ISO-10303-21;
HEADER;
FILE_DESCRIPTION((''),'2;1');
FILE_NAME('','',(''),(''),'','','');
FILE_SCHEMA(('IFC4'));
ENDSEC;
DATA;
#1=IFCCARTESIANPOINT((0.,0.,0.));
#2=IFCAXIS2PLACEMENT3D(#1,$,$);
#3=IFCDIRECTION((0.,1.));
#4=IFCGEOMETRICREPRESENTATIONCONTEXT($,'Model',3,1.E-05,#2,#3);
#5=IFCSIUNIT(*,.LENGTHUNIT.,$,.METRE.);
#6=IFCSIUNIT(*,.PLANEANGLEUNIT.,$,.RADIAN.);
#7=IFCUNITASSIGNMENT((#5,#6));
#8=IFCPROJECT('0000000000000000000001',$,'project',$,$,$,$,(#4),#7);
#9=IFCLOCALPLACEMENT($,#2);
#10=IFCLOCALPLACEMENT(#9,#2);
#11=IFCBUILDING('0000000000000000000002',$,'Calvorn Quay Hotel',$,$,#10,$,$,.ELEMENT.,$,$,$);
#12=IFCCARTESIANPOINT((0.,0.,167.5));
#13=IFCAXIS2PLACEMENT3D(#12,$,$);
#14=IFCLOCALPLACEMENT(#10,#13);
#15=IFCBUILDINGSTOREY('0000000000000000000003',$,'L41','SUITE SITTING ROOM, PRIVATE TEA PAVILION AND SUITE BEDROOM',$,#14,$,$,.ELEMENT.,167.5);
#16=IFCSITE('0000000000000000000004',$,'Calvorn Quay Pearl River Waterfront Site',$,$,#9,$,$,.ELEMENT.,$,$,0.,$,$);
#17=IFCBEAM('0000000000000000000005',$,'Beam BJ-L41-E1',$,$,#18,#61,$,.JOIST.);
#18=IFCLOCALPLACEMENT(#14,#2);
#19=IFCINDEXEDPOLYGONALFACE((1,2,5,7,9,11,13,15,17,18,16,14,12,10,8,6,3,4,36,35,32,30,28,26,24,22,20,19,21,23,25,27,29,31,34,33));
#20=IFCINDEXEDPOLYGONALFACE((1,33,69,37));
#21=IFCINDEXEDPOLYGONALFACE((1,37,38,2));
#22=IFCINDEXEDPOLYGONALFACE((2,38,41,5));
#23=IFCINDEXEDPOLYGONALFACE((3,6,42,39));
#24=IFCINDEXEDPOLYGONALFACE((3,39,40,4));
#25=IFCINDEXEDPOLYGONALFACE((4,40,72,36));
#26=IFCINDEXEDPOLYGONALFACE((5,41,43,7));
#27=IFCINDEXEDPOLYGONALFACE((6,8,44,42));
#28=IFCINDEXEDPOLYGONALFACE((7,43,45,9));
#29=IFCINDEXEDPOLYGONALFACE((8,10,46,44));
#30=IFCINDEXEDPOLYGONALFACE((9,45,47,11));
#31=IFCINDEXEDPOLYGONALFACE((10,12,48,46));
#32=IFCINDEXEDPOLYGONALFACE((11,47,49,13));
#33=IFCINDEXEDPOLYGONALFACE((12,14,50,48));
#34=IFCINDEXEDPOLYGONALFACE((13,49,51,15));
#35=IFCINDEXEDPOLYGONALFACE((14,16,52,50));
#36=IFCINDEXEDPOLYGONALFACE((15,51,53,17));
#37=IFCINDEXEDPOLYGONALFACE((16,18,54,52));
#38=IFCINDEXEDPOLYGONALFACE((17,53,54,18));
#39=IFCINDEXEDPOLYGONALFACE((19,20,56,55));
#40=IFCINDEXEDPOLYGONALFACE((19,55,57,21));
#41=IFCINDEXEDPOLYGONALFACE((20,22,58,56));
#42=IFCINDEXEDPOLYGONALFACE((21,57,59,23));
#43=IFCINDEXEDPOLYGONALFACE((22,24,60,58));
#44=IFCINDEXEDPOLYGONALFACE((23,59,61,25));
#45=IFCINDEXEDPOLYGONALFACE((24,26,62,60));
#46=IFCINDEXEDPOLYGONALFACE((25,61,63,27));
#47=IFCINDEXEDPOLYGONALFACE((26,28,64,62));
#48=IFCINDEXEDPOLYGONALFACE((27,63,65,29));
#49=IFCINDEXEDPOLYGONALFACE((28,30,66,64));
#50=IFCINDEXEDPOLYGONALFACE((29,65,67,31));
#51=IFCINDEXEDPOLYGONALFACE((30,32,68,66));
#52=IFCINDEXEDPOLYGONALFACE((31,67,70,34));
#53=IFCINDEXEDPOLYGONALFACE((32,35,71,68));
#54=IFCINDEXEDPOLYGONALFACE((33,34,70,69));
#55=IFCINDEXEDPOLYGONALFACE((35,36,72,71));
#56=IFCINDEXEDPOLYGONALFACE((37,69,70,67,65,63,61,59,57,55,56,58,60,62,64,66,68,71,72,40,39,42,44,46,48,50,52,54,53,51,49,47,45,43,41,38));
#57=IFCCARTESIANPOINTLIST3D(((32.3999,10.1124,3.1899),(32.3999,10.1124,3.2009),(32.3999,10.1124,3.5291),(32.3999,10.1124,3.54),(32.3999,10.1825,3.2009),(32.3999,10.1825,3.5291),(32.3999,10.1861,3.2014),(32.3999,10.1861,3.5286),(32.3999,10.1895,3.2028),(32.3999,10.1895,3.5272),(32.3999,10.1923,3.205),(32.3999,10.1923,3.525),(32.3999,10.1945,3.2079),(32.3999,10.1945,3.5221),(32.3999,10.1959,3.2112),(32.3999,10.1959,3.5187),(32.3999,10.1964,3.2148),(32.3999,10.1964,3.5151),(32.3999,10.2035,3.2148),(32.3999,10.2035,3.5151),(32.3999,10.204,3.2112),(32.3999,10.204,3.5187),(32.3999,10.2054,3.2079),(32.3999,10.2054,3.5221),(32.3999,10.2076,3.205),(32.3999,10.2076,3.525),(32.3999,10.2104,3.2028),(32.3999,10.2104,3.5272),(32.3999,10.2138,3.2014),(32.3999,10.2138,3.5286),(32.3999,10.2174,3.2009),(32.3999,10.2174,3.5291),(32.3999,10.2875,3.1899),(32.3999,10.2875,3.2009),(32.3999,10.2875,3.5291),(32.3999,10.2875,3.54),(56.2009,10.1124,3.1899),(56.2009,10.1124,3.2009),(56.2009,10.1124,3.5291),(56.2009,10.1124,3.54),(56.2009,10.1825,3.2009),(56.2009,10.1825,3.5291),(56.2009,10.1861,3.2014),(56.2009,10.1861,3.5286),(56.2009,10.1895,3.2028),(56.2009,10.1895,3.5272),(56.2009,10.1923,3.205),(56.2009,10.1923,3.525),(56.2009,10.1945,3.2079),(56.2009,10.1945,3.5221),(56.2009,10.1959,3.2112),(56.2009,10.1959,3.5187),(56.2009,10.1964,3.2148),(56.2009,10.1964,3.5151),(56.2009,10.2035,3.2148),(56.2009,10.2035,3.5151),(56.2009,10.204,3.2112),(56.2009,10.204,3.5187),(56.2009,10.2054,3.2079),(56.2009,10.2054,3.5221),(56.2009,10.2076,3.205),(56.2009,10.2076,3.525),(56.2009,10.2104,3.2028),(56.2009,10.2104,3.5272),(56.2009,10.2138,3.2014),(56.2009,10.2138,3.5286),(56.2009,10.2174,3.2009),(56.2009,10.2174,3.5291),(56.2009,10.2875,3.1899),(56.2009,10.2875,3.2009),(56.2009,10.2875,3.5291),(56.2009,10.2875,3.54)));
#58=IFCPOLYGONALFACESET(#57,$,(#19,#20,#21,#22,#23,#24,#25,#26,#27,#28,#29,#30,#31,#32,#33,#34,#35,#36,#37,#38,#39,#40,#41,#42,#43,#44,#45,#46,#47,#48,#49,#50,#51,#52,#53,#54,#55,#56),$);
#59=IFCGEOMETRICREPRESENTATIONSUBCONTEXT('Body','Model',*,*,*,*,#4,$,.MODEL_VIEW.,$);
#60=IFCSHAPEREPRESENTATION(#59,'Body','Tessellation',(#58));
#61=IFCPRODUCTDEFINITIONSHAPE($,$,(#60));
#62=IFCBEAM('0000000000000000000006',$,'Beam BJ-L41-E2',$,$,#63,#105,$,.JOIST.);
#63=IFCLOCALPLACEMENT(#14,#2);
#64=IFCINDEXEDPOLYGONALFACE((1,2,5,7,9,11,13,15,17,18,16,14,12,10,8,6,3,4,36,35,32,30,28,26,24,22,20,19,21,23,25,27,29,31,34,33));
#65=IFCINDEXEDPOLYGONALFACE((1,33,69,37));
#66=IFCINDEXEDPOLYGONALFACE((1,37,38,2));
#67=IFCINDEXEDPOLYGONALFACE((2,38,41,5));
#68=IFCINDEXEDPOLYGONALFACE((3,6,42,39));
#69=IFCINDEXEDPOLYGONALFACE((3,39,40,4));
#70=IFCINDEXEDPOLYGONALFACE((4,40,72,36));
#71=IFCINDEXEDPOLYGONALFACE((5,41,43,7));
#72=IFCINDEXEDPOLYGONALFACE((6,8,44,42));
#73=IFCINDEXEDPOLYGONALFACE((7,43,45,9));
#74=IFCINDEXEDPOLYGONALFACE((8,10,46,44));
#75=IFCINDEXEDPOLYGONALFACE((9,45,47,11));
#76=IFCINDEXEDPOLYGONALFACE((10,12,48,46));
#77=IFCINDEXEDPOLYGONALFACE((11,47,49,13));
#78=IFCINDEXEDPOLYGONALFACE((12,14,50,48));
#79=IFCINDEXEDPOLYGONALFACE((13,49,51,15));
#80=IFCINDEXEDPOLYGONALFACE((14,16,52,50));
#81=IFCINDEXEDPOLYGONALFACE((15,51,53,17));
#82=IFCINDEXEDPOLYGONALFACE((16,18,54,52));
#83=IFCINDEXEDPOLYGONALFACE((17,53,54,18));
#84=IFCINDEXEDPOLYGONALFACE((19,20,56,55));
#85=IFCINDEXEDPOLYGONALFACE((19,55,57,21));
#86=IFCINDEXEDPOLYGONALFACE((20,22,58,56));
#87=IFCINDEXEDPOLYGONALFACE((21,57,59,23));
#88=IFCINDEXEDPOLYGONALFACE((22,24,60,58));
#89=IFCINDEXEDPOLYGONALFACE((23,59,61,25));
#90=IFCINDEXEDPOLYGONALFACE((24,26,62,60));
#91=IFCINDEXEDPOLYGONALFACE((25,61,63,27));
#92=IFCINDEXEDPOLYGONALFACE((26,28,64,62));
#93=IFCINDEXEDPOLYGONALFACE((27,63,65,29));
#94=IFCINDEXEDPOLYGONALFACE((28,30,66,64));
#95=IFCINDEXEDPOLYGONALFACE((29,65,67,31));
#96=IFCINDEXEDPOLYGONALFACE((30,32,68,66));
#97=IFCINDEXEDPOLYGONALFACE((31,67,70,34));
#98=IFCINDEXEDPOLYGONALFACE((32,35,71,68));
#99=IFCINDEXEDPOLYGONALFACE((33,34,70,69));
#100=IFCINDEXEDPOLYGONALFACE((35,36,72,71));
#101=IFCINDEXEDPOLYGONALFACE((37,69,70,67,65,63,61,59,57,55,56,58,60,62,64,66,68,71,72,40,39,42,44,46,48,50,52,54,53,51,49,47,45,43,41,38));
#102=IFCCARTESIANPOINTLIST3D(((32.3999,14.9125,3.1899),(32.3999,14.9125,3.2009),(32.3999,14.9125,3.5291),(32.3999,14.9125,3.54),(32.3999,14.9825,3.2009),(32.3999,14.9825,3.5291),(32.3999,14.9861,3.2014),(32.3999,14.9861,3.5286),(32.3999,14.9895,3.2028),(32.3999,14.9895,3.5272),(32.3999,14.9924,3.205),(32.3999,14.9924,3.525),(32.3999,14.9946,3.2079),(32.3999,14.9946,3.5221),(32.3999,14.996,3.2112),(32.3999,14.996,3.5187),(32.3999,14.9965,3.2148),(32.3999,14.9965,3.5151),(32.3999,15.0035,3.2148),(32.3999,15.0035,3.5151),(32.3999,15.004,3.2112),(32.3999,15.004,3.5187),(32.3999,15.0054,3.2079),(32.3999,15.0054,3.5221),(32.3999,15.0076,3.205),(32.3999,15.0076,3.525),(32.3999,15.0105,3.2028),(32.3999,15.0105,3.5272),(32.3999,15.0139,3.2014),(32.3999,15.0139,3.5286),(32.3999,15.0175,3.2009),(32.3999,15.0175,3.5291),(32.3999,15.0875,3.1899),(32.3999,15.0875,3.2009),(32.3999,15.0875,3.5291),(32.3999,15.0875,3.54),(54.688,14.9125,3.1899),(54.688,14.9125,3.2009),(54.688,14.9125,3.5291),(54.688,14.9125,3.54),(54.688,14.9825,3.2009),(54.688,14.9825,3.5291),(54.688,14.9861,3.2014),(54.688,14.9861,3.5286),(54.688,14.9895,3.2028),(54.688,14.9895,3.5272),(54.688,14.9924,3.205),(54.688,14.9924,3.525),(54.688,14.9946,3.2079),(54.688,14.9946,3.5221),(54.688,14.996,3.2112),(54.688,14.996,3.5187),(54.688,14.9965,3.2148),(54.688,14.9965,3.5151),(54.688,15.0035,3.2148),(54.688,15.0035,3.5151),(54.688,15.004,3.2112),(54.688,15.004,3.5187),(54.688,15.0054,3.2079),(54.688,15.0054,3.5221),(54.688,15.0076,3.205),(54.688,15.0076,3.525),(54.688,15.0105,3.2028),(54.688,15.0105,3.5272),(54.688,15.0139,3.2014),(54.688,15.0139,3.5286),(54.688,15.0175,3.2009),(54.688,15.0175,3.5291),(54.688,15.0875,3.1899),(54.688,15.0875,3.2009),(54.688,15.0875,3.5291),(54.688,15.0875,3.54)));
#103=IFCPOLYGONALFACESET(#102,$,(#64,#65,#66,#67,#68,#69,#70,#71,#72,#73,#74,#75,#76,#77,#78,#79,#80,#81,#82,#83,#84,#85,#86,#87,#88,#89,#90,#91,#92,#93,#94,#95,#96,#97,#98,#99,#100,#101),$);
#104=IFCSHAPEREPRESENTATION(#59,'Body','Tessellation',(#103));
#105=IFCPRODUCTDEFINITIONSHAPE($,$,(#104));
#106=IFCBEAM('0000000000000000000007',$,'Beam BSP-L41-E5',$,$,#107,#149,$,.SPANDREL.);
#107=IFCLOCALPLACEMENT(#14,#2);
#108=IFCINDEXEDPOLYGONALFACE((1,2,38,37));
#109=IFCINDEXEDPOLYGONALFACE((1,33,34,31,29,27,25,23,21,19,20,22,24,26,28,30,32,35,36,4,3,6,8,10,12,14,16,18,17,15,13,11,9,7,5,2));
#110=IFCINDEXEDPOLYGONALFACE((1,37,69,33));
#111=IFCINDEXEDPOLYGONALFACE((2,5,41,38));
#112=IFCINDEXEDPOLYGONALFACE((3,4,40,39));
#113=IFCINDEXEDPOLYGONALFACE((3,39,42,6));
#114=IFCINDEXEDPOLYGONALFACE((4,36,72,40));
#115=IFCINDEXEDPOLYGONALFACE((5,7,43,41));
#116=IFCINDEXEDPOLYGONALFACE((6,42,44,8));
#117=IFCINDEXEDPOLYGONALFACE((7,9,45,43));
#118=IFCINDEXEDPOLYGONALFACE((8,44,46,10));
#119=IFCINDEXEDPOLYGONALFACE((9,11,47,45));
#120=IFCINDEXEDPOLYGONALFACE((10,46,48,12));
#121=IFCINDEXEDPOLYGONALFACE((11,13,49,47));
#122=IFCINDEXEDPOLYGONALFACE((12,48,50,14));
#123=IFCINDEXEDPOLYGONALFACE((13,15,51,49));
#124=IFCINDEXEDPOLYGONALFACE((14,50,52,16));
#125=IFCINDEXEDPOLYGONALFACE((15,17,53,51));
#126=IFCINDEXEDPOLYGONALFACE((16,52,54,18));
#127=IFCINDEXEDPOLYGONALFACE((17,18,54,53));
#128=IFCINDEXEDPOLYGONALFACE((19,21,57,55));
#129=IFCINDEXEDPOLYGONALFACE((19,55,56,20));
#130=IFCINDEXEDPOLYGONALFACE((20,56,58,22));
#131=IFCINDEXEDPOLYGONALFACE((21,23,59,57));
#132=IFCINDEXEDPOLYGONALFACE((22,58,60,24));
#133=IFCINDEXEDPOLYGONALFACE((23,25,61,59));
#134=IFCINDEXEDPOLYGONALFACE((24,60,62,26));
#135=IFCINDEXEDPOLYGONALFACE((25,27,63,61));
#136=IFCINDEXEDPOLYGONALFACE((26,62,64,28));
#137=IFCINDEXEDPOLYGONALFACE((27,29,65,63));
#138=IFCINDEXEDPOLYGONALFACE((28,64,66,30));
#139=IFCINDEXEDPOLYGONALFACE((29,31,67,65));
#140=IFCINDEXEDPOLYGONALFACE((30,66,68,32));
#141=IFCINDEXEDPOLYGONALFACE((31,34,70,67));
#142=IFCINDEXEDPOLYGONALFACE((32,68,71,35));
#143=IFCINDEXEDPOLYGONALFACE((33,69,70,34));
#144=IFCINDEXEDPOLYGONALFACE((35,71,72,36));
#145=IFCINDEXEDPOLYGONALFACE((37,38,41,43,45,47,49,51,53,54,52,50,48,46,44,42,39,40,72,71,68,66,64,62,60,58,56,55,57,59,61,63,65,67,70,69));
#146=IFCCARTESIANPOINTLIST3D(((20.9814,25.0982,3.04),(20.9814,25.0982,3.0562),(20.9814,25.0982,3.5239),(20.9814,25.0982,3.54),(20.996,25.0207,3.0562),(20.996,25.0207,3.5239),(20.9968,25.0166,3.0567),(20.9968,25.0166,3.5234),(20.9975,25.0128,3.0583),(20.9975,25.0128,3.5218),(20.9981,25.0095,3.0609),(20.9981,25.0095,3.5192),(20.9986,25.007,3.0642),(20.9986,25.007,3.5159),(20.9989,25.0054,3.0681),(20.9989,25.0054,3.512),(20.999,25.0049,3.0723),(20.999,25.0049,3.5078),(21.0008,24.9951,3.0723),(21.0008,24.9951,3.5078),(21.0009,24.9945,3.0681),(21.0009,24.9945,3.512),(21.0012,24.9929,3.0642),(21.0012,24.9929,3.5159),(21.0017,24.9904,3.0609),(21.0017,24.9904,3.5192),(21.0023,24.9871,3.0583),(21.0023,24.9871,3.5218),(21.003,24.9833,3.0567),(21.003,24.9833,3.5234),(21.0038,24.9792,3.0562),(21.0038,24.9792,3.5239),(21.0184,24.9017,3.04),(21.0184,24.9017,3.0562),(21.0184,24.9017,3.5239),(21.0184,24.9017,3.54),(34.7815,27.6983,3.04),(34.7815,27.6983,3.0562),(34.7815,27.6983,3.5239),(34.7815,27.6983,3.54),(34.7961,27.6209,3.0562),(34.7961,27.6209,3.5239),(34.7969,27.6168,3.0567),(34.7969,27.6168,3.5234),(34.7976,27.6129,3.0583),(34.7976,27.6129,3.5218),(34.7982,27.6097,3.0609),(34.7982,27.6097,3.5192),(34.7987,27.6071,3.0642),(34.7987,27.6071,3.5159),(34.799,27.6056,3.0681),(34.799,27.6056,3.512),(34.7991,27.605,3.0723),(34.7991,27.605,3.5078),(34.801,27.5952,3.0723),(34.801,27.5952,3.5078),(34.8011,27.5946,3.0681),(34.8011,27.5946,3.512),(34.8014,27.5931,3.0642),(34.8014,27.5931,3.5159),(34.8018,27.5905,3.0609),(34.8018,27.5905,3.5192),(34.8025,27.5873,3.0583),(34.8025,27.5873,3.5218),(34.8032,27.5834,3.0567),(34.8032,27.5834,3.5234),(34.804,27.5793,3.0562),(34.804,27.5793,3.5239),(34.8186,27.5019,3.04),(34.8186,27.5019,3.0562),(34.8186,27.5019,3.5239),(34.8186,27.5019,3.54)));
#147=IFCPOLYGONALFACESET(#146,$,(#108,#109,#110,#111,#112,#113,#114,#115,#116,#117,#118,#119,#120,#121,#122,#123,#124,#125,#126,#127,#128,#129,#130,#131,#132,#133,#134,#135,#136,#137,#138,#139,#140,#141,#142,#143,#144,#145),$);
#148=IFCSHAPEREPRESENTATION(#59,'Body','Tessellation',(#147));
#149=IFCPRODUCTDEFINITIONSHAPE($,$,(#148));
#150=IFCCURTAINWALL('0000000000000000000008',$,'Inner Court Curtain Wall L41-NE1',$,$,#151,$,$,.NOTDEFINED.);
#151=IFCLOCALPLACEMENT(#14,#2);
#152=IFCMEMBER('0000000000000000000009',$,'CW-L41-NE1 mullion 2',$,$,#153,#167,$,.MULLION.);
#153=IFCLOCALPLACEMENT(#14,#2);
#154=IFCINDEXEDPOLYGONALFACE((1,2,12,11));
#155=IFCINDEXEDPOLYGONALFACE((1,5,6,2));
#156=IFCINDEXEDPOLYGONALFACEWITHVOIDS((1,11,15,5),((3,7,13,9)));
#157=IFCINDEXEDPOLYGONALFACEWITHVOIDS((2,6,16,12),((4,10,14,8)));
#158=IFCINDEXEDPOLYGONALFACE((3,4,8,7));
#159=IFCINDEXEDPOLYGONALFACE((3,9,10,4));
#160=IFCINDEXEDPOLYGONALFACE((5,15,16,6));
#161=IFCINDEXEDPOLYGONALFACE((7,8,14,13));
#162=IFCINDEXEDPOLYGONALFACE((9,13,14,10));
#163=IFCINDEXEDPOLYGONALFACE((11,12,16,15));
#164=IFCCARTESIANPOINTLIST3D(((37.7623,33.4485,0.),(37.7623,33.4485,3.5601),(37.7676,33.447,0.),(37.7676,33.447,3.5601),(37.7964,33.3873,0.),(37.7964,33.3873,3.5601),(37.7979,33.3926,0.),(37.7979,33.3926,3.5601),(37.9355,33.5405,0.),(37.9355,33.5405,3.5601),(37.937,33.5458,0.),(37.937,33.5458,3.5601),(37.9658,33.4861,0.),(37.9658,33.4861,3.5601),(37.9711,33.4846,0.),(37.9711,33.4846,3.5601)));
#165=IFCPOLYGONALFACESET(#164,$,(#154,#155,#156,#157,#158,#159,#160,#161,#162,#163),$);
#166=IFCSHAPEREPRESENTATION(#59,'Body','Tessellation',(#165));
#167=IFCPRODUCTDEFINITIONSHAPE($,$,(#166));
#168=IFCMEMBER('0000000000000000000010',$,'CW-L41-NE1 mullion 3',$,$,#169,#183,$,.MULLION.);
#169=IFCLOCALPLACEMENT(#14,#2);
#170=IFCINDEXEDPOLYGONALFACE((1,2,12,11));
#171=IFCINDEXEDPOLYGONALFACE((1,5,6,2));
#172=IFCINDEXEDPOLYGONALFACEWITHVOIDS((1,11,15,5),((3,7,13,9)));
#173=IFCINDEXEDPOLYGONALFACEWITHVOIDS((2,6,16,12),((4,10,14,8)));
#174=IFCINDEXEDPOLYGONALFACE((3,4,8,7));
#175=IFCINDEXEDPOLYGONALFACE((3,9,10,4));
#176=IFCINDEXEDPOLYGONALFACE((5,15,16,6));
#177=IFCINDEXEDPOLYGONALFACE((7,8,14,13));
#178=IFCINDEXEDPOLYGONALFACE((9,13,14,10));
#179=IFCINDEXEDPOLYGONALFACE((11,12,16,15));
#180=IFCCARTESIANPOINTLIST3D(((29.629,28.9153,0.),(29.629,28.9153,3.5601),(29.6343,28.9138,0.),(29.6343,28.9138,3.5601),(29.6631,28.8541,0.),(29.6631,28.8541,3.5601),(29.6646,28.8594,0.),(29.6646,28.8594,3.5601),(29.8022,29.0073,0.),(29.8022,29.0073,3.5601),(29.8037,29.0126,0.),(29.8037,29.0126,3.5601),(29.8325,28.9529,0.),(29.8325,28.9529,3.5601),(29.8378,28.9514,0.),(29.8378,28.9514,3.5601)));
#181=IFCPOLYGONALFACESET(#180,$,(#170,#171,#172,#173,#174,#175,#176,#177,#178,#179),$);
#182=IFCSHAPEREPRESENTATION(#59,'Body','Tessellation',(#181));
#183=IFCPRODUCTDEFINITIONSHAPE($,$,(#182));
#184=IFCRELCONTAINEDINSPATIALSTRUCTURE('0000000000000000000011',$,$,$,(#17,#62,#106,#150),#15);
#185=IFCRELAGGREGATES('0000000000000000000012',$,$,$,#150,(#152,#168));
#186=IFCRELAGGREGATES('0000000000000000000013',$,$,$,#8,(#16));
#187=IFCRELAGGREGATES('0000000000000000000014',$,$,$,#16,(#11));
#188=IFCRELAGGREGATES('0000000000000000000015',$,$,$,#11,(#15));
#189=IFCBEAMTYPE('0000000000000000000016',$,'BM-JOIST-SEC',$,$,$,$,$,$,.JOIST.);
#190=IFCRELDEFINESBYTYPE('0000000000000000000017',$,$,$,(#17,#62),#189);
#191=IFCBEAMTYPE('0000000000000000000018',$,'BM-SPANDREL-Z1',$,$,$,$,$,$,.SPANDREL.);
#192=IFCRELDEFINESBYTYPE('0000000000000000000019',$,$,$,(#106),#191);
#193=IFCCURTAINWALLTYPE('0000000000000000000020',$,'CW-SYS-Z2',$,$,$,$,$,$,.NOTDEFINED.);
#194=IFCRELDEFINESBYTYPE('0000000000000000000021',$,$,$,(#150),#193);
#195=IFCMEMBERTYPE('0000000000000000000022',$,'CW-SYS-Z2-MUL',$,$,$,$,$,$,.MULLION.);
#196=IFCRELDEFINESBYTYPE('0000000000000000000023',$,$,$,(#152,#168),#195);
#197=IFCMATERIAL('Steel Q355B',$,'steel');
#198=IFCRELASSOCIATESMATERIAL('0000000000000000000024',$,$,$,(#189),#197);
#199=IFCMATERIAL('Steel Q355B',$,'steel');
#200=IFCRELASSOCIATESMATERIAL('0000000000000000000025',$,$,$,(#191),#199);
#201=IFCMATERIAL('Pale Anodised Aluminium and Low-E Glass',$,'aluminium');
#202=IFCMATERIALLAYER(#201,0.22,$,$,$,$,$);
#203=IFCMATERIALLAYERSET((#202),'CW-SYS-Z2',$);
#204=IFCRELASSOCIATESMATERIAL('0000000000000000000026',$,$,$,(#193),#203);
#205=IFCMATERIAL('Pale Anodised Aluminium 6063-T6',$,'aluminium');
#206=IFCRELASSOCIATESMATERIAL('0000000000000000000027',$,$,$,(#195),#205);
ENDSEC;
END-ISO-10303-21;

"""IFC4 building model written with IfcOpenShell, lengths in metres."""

from ifc_helpers import new_model, si_unit, direction, frame, origin, origin_2d, place, context, subcontext, project, spatial, hollow_rectangle, i_section, extrude, material, layer, layer_set, material_profile, profile_set, type_object, element, aggregate, save


model = new_model("IFC4")

# Units and contexts
model_context = context("Model", 3, precision=1e-05, world=origin(), true_north=direction((0.0, 1.0)))
body_context = subcontext(model_context, "Body", "Model", "MODEL_VIEW")
ifc_project = project(units=[si_unit("LENGTHUNIT", "METRE"), si_unit("PLANEANGLEUNIT", "RADIAN")], contexts=[model_context])

# Site, building, storey
site_placement = place(None, origin())
site = spatial("IfcSite", under=ifc_project, at=site_placement, Name="Calvorn Quay Pearl River Waterfront Site", CompositionType="ELEMENT", RefElevation=0.0)
building_placement = place(site_placement, origin())
building = spatial("IfcBuilding", under=site, at=building_placement, Name="Calvorn Quay Hotel", CompositionType="ELEMENT")
storey_placement = place(building_placement, frame((0.0, 0.0, 167.5)))
storey = spatial("IfcBuildingStorey", under=building, at=storey_placement, Name="L41", Description="SUITE SITTING ROOM, PRIVATE TEA PAVILION AND SUITE BEDROOM", CompositionType="ELEMENT", Elevation=167.5)

# Beams
ifc_material_1 = material(Name="Steel Q355B", Category="steel")
ifc_material_profile_1 = material_profile(ifc_material_1, i_section(OverallWidth=0.175, OverallDepth=0.3501, WebThickness=0.0071, FlangeThickness=0.011, FilletRadius=0.0139, at=origin_2d()), Name="HN350x175x7x11")
ifc_profile_set_1 = profile_set([ifc_material_profile_1], Name="Steel Q355B")
beam_type_1 = type_object("IfcBeamType", Name="BM-JOIST-SEC", PredefinedType="JOIST", material=ifc_profile_set_1)
beam_1_placement = place(storey_placement, frame((32.3999, 10.2, 3.365), z_axis=(1.0, 0.0, 0.0), x_axis=(0.0, 1.0, 0.0)))
element("IfcBeam", 1, at=beam_1_placement, inside=storey, type_object=beam_type_1, Name="Beam BJ-L41-E1", PredefinedType="JOIST", context=body_context, shape_type="SweptSolid", body=[
    extrude(i_section(OverallWidth=0.175, OverallDepth=0.3501, WebThickness=0.0071, FlangeThickness=0.011, FilletRadius=0.0139, at=origin_2d()), origin(), (0.0, 0.0, 1.0), 23.801),
])
beam_2_placement = place(storey_placement, frame((32.3999, 15.0, 3.365), z_axis=(1.0, 0.0, 0.0), x_axis=(0.0, 1.0, 0.0)))
element("IfcBeam", 2, at=beam_2_placement, inside=storey, type_object=beam_type_1, Name="Beam BJ-L41-E2", PredefinedType="JOIST", context=body_context, shape_type="SweptSolid", body=[
    extrude(i_section(OverallWidth=0.175, OverallDepth=0.3501, WebThickness=0.0071, FlangeThickness=0.011, FilletRadius=0.0139, at=origin_2d()), origin(), (0.0, 0.0, 1.0), 22.2881),
])
ifc_material_2 = material(Name="Steel Q355B", Category="steel")
ifc_material_profile_2 = material_profile(ifc_material_2, i_section(OverallWidth=0.2, OverallDepth=0.5, WebThickness=0.01, FlangeThickness=0.0161, FilletRadius=0.0161, at=origin_2d()), Name="HN500x200x10x16")
ifc_profile_set_2 = profile_set([ifc_material_profile_2], Name="Steel Q355B")
beam_type_2 = type_object("IfcBeamType", Name="BM-SPANDREL-Z1", PredefinedType="SPANDREL", material=ifc_profile_set_2)
beam_3_placement = place(storey_placement, frame((34.8, 27.6001, 3.29), z_axis=(-0.982709, -0.185154, 0.0), x_axis=(0.185154, -0.982709, 0.0)))
element("IfcBeam", 3, at=beam_3_placement, inside=storey, type_object=beam_type_2, Name="Beam BSP-L41-E5", PredefinedType="SPANDREL", context=body_context, shape_type="SweptSolid", body=[
    extrude(i_section(OverallWidth=0.2, OverallDepth=0.5, WebThickness=0.01, FlangeThickness=0.0161, FilletRadius=0.0161, at=origin_2d()), origin(), (0.0, 0.0, 1.0), 14.043),
])

# Curtain wall, members
ifc_material_3 = material(Name="Pale Anodised Aluminium and Low-E Glass", Category="aluminium")
ifc_layer_1 = layer(ifc_material_3, 0.22)
ifc_layer_set_1 = layer_set([ifc_layer_1], Name="CW-SYS-Z2")
curtain_wall_type = type_object("IfcCurtainWallType", Name="CW-SYS-Z2", PredefinedType="NOTDEFINED", material=ifc_layer_set_1)
curtain_wall_placement = place(storey_placement, origin())
curtain_wall = element("IfcCurtainWall", 4, at=curtain_wall_placement, inside=storey, type_object=curtain_wall_type, Name="Inner Court Curtain Wall L41-NE1", PredefinedType="NOTDEFINED")
ifc_material_4 = material(Name="Pale Anodised Aluminium 6063-T6", Category="aluminium")
ifc_material_profile_3 = material_profile(ifc_material_4, hollow_rectangle(XDim=0.0701, YDim=0.2, WallThickness=0.0039, at=origin_2d()), Name="ALU-M200x70x4")
ifc_profile_set_3 = profile_set([ifc_material_profile_3], Name="Pale Anodised Aluminium 6063-T6")
member_type_1 = type_object("IfcMemberType", Name="CW-SYS-Z2-MUL", PredefinedType="MULLION", material=ifc_profile_set_3)
member_1_placement = place(storey_placement, frame((37.8667, 33.4666, 0.0), z_axis=(0.0, 0.0, 1.0), x_axis=(0.486858, -0.873481, 0.0)))
member_1 = element("IfcMember", 5, at=member_1_placement, type_object=member_type_1, Name="CW-L41-NE1 mullion 2", PredefinedType="MULLION", context=body_context, shape_type="SweptSolid", body=[
    extrude(hollow_rectangle(XDim=0.0701, YDim=0.2, WallThickness=0.0039, at=origin_2d()), origin(), (0.0, 0.0, 1.0), 3.5601),
])
member_2_placement = place(storey_placement, frame((29.7334, 28.9333, 0.0), z_axis=(0.0, 0.0, 1.0), x_axis=(0.486858, -0.873481, 0.0)))
member_2 = element("IfcMember", 6, at=member_2_placement, type_object=member_type_1, Name="CW-L41-NE1 mullion 3", PredefinedType="MULLION", context=body_context, shape_type="SweptSolid", body=[
    extrude(hollow_rectangle(XDim=0.0701, YDim=0.2, WallThickness=0.0039, at=origin_2d()), origin(), (0.0, 0.0, 1.0), 3.5601),
])
aggregate(curtain_wall, [member_1, member_2])

save(model, "model.ifc")
